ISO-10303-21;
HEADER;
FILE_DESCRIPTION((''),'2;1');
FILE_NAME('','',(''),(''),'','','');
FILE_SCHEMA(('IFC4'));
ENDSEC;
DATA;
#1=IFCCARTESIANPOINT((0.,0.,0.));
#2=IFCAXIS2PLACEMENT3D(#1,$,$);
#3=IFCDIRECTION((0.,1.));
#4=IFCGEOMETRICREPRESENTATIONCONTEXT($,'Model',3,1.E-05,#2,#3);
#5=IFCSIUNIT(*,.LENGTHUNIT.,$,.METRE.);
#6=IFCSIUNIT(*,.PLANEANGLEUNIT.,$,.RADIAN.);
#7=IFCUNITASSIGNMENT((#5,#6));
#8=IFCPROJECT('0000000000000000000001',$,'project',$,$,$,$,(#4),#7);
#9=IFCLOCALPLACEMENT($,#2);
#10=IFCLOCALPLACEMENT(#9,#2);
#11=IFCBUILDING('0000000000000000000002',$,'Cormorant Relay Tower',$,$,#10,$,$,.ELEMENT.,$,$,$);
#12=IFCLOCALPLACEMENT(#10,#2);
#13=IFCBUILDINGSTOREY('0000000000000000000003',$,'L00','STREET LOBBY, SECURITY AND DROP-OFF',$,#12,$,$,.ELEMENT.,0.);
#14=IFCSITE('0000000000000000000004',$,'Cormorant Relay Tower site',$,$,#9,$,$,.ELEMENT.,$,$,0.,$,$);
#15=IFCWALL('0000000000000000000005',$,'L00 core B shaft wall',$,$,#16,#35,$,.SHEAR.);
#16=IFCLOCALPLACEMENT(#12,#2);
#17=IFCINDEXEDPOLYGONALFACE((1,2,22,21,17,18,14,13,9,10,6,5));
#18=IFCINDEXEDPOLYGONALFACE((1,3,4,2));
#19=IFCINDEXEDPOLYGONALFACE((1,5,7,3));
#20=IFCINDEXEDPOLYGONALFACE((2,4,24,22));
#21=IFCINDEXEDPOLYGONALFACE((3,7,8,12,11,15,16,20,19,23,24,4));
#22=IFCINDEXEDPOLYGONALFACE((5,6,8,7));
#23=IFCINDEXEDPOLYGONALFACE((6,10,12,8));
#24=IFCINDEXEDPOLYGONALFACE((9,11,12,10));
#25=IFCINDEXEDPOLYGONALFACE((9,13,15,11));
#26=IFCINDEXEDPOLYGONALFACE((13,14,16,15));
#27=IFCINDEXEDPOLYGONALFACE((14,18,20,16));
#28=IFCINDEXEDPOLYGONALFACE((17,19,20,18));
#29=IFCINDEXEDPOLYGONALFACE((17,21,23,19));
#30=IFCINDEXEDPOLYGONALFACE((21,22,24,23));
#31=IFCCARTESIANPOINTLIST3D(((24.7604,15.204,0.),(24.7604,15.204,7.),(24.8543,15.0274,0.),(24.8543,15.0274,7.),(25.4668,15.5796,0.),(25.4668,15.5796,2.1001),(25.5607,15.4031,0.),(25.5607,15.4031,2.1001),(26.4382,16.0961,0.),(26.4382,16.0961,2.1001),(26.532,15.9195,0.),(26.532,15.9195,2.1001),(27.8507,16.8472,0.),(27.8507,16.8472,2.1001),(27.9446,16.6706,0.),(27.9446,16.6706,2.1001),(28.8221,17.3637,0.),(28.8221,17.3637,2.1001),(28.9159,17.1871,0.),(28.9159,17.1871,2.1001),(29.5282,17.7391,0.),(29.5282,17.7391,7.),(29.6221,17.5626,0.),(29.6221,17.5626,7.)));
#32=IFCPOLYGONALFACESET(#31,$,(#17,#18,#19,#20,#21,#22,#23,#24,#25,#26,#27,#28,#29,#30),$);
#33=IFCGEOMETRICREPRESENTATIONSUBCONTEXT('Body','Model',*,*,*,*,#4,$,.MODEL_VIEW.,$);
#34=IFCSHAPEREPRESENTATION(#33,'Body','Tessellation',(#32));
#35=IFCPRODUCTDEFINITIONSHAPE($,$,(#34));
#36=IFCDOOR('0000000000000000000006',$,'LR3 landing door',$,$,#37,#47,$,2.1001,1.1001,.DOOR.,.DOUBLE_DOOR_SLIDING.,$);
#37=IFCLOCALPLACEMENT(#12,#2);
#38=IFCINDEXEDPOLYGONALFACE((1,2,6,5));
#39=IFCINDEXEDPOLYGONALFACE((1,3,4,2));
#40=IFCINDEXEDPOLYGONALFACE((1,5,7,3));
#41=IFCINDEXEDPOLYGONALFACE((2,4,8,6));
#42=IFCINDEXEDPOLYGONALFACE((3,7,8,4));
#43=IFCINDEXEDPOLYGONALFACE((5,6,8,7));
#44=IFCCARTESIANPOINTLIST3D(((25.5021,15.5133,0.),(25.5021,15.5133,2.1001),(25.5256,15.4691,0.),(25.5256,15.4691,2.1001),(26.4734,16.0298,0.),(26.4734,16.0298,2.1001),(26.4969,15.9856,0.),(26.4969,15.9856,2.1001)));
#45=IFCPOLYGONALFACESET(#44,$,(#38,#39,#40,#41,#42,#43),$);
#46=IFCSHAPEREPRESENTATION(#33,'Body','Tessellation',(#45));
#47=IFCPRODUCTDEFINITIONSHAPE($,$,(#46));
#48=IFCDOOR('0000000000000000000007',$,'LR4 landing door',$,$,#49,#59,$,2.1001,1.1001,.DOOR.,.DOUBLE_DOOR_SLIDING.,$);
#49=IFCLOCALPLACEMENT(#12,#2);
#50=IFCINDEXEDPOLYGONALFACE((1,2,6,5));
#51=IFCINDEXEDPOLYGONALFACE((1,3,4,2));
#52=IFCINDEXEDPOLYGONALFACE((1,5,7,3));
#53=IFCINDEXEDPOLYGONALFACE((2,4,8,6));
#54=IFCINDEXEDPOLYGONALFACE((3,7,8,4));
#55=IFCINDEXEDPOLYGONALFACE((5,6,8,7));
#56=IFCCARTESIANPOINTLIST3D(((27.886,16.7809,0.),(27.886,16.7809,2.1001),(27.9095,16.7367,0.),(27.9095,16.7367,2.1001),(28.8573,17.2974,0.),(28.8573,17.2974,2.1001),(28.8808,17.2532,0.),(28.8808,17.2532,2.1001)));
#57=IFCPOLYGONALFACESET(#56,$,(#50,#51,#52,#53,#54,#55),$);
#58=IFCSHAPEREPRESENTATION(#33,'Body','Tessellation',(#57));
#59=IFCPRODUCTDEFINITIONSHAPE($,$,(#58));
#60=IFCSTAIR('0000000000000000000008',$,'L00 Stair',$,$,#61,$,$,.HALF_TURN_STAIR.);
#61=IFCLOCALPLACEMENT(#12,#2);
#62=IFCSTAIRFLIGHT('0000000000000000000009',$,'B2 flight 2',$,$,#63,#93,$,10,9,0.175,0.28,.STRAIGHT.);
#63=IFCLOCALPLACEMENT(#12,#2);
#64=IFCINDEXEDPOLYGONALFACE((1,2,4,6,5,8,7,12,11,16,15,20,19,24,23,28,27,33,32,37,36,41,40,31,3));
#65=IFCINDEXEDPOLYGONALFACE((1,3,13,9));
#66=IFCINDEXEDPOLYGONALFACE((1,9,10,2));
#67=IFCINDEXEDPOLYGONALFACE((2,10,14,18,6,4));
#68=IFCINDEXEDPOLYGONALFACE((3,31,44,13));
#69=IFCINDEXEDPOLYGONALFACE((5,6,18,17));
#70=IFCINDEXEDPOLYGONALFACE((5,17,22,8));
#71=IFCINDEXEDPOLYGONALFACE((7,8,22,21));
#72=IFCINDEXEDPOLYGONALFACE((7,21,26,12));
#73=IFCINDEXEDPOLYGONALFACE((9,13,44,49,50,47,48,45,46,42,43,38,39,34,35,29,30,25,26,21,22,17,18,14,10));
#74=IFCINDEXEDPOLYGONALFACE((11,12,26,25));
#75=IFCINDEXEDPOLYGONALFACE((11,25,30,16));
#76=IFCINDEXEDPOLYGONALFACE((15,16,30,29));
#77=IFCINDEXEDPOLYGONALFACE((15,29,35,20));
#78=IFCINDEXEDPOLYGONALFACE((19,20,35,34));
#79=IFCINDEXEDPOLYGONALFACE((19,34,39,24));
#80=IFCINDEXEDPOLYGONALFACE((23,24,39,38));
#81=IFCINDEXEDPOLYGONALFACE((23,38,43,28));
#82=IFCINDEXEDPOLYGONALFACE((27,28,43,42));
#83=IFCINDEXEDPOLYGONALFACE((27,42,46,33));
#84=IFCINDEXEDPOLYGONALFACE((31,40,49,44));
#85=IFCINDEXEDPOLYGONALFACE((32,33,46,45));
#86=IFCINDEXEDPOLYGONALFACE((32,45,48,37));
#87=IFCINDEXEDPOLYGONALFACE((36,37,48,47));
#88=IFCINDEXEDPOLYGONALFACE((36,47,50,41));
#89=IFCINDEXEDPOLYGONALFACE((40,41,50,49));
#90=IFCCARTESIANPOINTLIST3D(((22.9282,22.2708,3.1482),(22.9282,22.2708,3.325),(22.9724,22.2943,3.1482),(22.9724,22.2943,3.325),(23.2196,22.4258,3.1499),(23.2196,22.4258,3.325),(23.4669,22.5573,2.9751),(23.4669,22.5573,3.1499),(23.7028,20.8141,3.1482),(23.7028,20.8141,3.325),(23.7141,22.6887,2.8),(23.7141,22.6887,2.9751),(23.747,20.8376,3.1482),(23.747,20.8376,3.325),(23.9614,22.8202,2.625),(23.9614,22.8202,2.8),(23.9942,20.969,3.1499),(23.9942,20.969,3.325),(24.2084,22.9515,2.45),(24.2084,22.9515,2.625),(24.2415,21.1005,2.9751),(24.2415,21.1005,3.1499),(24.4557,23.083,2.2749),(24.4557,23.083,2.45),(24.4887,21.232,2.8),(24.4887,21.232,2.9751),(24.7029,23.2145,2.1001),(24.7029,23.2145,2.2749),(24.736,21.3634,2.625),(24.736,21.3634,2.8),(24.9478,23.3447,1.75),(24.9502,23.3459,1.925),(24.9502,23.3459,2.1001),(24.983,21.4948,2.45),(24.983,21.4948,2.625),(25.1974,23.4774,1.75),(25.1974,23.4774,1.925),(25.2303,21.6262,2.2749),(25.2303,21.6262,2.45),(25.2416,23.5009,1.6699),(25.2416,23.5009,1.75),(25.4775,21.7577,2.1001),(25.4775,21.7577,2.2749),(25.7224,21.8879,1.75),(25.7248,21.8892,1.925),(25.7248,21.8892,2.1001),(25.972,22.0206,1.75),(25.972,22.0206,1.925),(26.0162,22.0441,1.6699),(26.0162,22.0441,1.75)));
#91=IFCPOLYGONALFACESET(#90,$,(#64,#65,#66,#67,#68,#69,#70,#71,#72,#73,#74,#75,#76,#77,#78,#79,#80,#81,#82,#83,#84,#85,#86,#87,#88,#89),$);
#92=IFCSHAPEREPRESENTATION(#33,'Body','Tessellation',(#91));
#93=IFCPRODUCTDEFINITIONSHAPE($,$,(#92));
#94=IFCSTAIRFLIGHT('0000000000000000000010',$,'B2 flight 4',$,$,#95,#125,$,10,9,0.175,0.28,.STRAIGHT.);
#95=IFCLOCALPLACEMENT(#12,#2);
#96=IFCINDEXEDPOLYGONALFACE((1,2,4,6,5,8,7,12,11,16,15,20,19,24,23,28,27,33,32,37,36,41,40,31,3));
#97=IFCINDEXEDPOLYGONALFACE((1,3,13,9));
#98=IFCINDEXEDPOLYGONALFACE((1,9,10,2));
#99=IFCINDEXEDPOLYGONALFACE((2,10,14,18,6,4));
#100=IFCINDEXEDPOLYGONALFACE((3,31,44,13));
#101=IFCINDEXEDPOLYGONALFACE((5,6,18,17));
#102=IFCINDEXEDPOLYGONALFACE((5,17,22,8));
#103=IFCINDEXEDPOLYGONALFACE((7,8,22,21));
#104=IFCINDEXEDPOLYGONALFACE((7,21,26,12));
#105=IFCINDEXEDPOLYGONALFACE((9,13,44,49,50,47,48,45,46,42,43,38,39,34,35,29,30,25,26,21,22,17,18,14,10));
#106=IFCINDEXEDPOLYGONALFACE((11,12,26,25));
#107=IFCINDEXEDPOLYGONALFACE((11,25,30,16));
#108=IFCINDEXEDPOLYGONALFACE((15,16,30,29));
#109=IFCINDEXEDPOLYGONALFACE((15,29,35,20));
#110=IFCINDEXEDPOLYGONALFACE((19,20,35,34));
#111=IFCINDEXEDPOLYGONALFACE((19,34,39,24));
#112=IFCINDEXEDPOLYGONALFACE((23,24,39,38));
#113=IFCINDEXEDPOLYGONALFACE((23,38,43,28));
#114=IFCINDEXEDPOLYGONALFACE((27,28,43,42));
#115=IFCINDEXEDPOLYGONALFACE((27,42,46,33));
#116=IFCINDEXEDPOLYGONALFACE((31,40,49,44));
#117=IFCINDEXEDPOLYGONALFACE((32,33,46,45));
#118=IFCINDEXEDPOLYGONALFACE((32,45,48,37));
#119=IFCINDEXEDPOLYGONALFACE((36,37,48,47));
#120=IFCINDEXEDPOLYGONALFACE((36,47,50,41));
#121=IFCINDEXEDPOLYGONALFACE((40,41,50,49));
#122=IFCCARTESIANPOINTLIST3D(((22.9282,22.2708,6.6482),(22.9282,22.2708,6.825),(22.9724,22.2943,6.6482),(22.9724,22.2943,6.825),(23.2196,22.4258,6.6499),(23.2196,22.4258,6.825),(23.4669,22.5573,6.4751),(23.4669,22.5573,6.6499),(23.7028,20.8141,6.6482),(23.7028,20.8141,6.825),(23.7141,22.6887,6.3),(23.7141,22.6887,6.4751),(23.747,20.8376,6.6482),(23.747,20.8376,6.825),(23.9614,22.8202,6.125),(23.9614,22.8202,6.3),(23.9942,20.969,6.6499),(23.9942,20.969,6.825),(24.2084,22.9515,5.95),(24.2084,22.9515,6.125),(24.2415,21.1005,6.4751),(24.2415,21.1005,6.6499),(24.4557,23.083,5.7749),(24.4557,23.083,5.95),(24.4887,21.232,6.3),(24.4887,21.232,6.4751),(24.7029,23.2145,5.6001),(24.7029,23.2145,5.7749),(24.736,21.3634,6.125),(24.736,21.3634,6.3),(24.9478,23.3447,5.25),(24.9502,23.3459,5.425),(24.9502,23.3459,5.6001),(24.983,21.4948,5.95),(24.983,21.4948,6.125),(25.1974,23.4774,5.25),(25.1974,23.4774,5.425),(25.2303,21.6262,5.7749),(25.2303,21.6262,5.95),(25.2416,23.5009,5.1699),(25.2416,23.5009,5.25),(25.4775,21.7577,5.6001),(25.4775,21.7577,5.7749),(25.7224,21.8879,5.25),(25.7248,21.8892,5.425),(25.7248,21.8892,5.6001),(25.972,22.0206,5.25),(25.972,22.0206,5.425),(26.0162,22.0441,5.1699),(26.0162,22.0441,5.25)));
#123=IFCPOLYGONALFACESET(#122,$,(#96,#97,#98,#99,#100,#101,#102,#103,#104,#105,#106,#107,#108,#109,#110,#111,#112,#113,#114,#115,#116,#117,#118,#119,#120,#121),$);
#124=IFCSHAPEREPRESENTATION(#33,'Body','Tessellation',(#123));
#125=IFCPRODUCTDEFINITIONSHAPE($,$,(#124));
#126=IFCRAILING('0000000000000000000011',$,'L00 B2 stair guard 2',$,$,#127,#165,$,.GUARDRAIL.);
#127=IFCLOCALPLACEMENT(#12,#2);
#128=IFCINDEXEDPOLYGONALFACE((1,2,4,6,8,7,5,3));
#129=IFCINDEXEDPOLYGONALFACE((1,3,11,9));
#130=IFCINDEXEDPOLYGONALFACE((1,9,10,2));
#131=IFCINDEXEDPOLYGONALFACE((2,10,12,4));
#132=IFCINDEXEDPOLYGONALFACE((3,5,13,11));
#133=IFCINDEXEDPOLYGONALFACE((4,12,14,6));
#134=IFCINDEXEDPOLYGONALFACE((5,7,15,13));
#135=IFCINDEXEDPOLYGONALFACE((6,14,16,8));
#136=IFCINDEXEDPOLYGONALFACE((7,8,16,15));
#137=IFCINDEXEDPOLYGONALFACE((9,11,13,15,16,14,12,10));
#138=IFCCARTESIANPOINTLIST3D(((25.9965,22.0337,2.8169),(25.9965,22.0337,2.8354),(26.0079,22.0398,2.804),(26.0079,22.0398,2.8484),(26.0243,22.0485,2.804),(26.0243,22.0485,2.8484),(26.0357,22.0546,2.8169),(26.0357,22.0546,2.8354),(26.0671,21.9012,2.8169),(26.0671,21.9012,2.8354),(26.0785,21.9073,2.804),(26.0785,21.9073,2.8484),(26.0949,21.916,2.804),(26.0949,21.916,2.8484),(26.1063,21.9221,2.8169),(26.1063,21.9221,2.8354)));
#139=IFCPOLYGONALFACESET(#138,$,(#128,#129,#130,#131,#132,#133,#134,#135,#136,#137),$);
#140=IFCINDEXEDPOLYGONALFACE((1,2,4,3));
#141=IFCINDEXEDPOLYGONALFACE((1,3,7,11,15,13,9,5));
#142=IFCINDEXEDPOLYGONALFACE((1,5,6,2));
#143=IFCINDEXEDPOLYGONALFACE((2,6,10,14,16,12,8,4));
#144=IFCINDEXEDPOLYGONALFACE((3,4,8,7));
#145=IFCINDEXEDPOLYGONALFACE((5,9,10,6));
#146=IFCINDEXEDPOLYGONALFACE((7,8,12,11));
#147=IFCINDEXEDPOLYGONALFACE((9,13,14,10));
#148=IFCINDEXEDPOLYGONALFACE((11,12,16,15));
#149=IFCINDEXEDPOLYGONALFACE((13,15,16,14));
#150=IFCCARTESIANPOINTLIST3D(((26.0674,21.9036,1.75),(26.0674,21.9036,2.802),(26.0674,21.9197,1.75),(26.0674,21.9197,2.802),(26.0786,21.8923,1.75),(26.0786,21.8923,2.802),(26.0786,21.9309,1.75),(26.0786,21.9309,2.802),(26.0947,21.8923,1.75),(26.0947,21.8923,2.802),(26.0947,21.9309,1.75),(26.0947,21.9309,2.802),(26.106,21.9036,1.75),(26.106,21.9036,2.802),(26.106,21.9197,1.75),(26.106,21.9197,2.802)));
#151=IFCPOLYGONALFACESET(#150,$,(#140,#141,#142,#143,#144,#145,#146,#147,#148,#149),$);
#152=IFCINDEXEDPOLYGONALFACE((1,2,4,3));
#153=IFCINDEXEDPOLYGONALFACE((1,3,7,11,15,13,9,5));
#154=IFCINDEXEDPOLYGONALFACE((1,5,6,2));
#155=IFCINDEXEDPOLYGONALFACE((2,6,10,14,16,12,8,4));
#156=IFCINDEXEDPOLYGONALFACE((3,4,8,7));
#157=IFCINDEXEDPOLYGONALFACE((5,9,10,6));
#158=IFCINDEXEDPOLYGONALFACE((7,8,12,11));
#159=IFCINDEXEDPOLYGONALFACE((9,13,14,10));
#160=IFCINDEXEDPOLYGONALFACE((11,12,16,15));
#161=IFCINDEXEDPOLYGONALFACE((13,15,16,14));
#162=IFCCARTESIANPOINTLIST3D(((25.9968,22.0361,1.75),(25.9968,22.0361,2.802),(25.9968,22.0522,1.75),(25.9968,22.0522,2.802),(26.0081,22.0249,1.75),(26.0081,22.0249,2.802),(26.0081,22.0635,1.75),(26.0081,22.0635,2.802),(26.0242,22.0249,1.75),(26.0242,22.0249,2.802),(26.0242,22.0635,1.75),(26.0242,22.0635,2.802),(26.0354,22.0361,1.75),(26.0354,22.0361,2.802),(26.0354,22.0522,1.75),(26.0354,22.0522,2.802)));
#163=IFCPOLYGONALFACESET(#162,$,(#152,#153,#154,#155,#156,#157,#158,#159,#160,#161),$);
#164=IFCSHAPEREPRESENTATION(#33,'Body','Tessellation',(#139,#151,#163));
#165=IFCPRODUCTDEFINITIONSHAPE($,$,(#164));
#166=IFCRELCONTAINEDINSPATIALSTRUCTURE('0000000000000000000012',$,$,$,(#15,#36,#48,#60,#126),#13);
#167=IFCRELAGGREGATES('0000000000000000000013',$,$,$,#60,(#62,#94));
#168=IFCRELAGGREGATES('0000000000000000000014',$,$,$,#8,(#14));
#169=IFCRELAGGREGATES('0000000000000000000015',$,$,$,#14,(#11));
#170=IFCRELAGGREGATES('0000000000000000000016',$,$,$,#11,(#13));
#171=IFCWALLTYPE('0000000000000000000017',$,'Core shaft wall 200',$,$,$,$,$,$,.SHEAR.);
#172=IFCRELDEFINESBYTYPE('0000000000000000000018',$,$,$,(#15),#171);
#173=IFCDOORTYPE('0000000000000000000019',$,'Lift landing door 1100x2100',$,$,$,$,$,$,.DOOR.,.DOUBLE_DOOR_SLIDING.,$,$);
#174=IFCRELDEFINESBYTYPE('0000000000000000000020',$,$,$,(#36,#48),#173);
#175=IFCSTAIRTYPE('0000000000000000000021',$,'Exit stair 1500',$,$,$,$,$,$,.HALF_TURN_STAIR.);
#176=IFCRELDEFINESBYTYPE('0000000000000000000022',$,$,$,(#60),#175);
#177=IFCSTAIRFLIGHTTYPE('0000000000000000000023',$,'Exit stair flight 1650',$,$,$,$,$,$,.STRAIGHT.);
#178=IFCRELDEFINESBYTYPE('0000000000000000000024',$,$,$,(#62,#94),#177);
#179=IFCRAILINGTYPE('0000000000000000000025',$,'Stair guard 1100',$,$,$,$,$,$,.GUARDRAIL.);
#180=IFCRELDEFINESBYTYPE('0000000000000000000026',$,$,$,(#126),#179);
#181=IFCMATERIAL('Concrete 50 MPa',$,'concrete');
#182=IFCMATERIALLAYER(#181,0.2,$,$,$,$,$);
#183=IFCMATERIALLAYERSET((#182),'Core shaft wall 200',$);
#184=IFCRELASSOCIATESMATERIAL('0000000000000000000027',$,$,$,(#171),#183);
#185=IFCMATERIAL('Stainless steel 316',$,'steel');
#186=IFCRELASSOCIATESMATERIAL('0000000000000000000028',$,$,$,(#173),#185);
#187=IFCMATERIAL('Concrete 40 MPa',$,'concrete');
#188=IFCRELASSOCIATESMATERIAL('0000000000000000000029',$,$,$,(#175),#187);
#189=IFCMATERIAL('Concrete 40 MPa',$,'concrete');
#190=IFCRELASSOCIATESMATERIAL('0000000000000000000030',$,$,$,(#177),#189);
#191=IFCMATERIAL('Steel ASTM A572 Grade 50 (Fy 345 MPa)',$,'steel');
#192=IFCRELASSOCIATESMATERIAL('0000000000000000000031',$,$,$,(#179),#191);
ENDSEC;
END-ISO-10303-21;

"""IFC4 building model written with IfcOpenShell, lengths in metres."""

from ifc_helpers import new_model, si_unit, direction, frame, frame_2d, origin, place, context, subcontext, project, spatial, polyline, rectangle, outline, extrude, material, layer, layer_set, type_object, element, fill, aggregate, save


model = new_model("IFC4")

# Units and contexts
model_context = context("Model", 3, precision=1e-05, world=origin(), true_north=direction((0.0, 1.0)))
body_context = subcontext(model_context, "Body", "Model", "MODEL_VIEW")
ifc_project = project(units=[si_unit("LENGTHUNIT", "METRE"), si_unit("PLANEANGLEUNIT", "RADIAN")], contexts=[model_context])

# Site, building, storey
site_placement = place(None, origin())
site = spatial("IfcSite", under=ifc_project, at=site_placement, Name="Cormorant Relay Tower site", CompositionType="ELEMENT", RefElevation=0.0)
building_placement = place(site_placement, origin())
building = spatial("IfcBuilding", under=site, at=building_placement, Name="Cormorant Relay Tower", CompositionType="ELEMENT")
storey_placement = place(building_placement, origin())
storey = spatial("IfcBuildingStorey", under=building, at=storey_placement, Name="L00", Description="STREET LOBBY, SECURITY AND DROP-OFF", CompositionType="ELEMENT", Elevation=0.0)

# Shared definitions
ifc_material_1 = material(Name="Concrete 50 MPa", Category="concrete")
ifc_layer_1 = layer(ifc_material_1, 0.2)
ifc_layer_set_1 = layer_set([ifc_layer_1], Name="Core shaft wall 200")
wall_type_1 = type_object("IfcWallType", Name="Core shaft wall 200", PredefinedType="SHEAR", material=ifc_layer_set_1)

# Wall, openings, doors
wall_1_placement = place(storey_placement, frame((24.8074, 15.1157, 0.0), z_axis=(0.0, 0.0, 1.0), x_axis=(0.882943, 0.46948, 0.0)))
wall_1 = element("IfcWall", 1, at=wall_1_placement, inside=storey, type_object=wall_type_1, Name="L00 core B shaft wall", PredefinedType="SHEAR", context=body_context, shape_type="SweptSolid", body=[
    extrude(rectangle(XDim=5.3999, YDim=0.2, at=frame_2d((2.7, 0.0))), origin(), (0.0, 0.0, 1.0), 7.0),
])
opening_1_placement = place(wall_1_placement, frame((0.8, 0.0, 0.0)))
opening_1 = element("IfcOpeningElement", 2, at=opening_1_placement, cuts=wall_1, PredefinedType="OPENING", context=body_context, shape_type="SweptSolid", body=[
    extrude(rectangle(XDim=1.1001, YDim=2.1001, at=frame_2d((0.55, 1.05))), frame((0.0, 0.1099, 0.0), z_axis=(0.0, -1.0, 0.0), x_axis=(1.0, 0.0, 0.0)), (0.0, 0.0, 1.0), 0.22),
])
opening_2_placement = place(wall_1_placement, frame((3.5, 0.0, 0.0)))
opening_2 = element("IfcOpeningElement", 3, at=opening_2_placement, cuts=wall_1, PredefinedType="OPENING", context=body_context, shape_type="SweptSolid", body=[
    extrude(rectangle(XDim=1.1001, YDim=2.1001, at=frame_2d((0.55, 1.05))), frame((0.0, 0.1099, 0.0), z_axis=(0.0, -1.0, 0.0), x_axis=(1.0, 0.0, 0.0)), (0.0, 0.0, 1.0), 0.22),
])
ifc_material_2 = material(Name="Stainless steel 316", Category="steel")
door_type_1 = type_object("IfcDoorType", Name="Lift landing door 1100x2100", OperationType="DOUBLE_DOOR_SLIDING", PredefinedType="DOOR", material=ifc_material_2)
door_1_placement = place(opening_1_placement, origin())
door_1 = element("IfcDoor", 4, at=door_1_placement, inside=storey, type_object=door_type_1, Name="LR3 landing door", OperationType="DOUBLE_DOOR_SLIDING", OverallHeight=2.1001, OverallWidth=1.1001, PredefinedType="DOOR", context=body_context, shape_type="SweptSolid", body=[
    extrude(rectangle(XDim=1.1001, YDim=2.1001, at=frame_2d((0.55, 1.05))), frame((0.0, 0.0249, 0.0), z_axis=(0.0, -1.0, 0.0), x_axis=(1.0, 0.0, 0.0)), (0.0, 0.0, 1.0), 0.05),
])
fill(opening_1, door_1)
door_2_placement = place(opening_2_placement, origin())
door_2 = element("IfcDoor", 5, at=door_2_placement, inside=storey, type_object=door_type_1, Name="LR4 landing door", OperationType="DOUBLE_DOOR_SLIDING", OverallHeight=2.1001, OverallWidth=1.1001, PredefinedType="DOOR", context=body_context, shape_type="SweptSolid", body=[
    extrude(rectangle(XDim=1.1001, YDim=2.1001, at=frame_2d((0.55, 1.05))), frame((0.0, 0.0249, 0.0), z_axis=(0.0, -1.0, 0.0), x_axis=(1.0, 0.0, 0.0)), (0.0, 0.0, 1.0), 0.05),
])
fill(opening_2, door_2)

# Stair, stair flights
ifc_material_3 = material(Name="Concrete 40 MPa", Category="concrete")
stair_type = type_object("IfcStairType", Name="Exit stair 1500", PredefinedType="HALF_TURN_STAIR", material=ifc_material_3)
stair_placement = place(storey_placement, origin())
stair = element("IfcStair", 6, at=stair_placement, inside=storey, type_object=stair_type, Name="L00 Stair", PredefinedType="HALF_TURN_STAIR")
ifc_material_4 = material(Name="Concrete 40 MPa", Category="concrete")
stair_flight_type = type_object("IfcStairFlightType", Name="Exit stair flight 1650", PredefinedType="STRAIGHT", material=ifc_material_4)
stair_flight_1_placement = place(storey_placement, frame((25.5847, 22.749, 1.75), z_axis=(0.0, 0.0, 1.0), x_axis=(-0.882948, -0.469472, 0.0)))
stair_flight_1 = element("IfcStairFlight", 7, at=stair_flight_1_placement, type_object=stair_flight_type, Name="B2 flight 2", NumberOfRisers=10, NumberOfTreads=9, PredefinedType="STRAIGHT", RiserHeight=0.175, TreadLength=0.28, context=body_context, shape_type="SweptSolid", body=[
    extrude(outline(polyline([(-0.05, -0.0801), (-0.05, 0.0), (0.0, 0.0), (0.0, 0.175), (0.28, 0.175), (0.28, 0.3501), (0.5601, 0.3501), (0.5601, 0.5249), (0.8401, 0.5249), (0.8401, 0.7), (1.1201, 0.7), (1.1201, 0.875), (1.3999, 0.875), (1.3999, 1.05), (1.6799, 1.05), (1.6799, 1.2251), (1.96, 1.2251), (1.96, 1.3999), (2.24, 1.3999), (2.24, 1.575), (2.52, 1.575), (2.5701, 1.575), (2.5701, 1.3982), (2.52, 1.3982), (0.2827, 0.0), (-0.05, -0.0801)])), frame((0.0, 0.825, 0.0), z_axis=(0.0, -1.0, 0.0), x_axis=(1.0, 0.0, 0.0)), (0.0, 0.0, 1.0), 1.6499),
])
stair_flight_2_placement = place(storey_placement, frame((25.5847, 22.749, 5.25), z_axis=(0.0, 0.0, 1.0), x_axis=(-0.882948, -0.469472, 0.0)))
stair_flight_2 = element("IfcStairFlight", 8, at=stair_flight_2_placement, type_object=stair_flight_type, Name="B2 flight 4", NumberOfRisers=10, NumberOfTreads=9, PredefinedType="STRAIGHT", RiserHeight=0.175, TreadLength=0.28, context=body_context, shape_type="SweptSolid", body=[
    extrude(outline(polyline([(-0.05, -0.0801), (-0.05, 0.0), (0.0, 0.0), (0.0, 0.175), (0.28, 0.175), (0.28, 0.3501), (0.5601, 0.3501), (0.5601, 0.5249), (0.8401, 0.5249), (0.8401, 0.7), (1.1201, 0.7), (1.1201, 0.875), (1.3999, 0.875), (1.3999, 1.05), (1.6799, 1.05), (1.6799, 1.2251), (1.96, 1.2251), (1.96, 1.3999), (2.24, 1.3999), (2.24, 1.575), (2.52, 1.575), (2.5701, 1.575), (2.5701, 1.3982), (2.52, 1.3982), (0.2827, 0.0), (-0.05, -0.0801)])), frame((0.0, 0.825, 0.0), z_axis=(0.0, -1.0, 0.0), x_axis=(1.0, 0.0, 0.0)), (0.0, 0.0, 1.0), 1.6499),
])
aggregate(stair, [stair_flight_1, stair_flight_2])

# Railing
ifc_material_5 = material(Name="Steel ASTM A572 Grade 50 (Fy 345 MPa)", Category="steel")
railing_type_1 = type_object("IfcRailingType", Name="Stair guard 1100", PredefinedType="GUARDRAIL", material=ifc_material_5)
railing_1_placement = place(storey_placement, frame((26.0867, 21.9116, 1.75)))
element("IfcRailing", 9, at=railing_1_placement, inside=storey, type_object=railing_type_1, Name="L00 B2 stair guard 2", PredefinedType="GUARDRAIL", context=body_context, shape_type="SweptSolid", body=[
    extrude(outline(polyline([(0.0222, 0.0093), (0.0093, 0.0222), (-0.0093, 0.0222), (-0.0222, 0.0093), (-0.0222, -0.0093), (-0.0093, -0.0222), (0.0093, -0.0222), (0.0222, -0.0093), (0.0222, 0.0093)])), frame((0.0, 0.0, 1.0762), z_axis=(-0.469829, 0.882758, 0.0), x_axis=(-0.882758, -0.469829, 0.0)), (0.0, 0.0, 1.0), 0.1501),
    extrude(outline(polyline([(0.0193, 0.0081), (0.0081, 0.0193), (-0.0081, 0.0193), (-0.0193, 0.0081), (-0.0193, -0.0081), (-0.0081, -0.0193), (0.0081, -0.0193), (0.0193, -0.0081), (0.0193, 0.0081)])), origin(), (0.0, 0.0, 1.0), 1.052),
    extrude(outline(polyline([(0.0193, 0.0081), (0.0081, 0.0193), (-0.0081, 0.0193), (-0.0193, 0.0081), (-0.0193, -0.0081), (-0.0081, -0.0193), (0.0081, -0.0193), (0.0193, -0.0081), (0.0193, 0.0081)])), frame((-0.0706, 0.1326, 0.0)), (0.0, 0.0, 1.0), 1.052),
])

save(model, "model.ifc")
